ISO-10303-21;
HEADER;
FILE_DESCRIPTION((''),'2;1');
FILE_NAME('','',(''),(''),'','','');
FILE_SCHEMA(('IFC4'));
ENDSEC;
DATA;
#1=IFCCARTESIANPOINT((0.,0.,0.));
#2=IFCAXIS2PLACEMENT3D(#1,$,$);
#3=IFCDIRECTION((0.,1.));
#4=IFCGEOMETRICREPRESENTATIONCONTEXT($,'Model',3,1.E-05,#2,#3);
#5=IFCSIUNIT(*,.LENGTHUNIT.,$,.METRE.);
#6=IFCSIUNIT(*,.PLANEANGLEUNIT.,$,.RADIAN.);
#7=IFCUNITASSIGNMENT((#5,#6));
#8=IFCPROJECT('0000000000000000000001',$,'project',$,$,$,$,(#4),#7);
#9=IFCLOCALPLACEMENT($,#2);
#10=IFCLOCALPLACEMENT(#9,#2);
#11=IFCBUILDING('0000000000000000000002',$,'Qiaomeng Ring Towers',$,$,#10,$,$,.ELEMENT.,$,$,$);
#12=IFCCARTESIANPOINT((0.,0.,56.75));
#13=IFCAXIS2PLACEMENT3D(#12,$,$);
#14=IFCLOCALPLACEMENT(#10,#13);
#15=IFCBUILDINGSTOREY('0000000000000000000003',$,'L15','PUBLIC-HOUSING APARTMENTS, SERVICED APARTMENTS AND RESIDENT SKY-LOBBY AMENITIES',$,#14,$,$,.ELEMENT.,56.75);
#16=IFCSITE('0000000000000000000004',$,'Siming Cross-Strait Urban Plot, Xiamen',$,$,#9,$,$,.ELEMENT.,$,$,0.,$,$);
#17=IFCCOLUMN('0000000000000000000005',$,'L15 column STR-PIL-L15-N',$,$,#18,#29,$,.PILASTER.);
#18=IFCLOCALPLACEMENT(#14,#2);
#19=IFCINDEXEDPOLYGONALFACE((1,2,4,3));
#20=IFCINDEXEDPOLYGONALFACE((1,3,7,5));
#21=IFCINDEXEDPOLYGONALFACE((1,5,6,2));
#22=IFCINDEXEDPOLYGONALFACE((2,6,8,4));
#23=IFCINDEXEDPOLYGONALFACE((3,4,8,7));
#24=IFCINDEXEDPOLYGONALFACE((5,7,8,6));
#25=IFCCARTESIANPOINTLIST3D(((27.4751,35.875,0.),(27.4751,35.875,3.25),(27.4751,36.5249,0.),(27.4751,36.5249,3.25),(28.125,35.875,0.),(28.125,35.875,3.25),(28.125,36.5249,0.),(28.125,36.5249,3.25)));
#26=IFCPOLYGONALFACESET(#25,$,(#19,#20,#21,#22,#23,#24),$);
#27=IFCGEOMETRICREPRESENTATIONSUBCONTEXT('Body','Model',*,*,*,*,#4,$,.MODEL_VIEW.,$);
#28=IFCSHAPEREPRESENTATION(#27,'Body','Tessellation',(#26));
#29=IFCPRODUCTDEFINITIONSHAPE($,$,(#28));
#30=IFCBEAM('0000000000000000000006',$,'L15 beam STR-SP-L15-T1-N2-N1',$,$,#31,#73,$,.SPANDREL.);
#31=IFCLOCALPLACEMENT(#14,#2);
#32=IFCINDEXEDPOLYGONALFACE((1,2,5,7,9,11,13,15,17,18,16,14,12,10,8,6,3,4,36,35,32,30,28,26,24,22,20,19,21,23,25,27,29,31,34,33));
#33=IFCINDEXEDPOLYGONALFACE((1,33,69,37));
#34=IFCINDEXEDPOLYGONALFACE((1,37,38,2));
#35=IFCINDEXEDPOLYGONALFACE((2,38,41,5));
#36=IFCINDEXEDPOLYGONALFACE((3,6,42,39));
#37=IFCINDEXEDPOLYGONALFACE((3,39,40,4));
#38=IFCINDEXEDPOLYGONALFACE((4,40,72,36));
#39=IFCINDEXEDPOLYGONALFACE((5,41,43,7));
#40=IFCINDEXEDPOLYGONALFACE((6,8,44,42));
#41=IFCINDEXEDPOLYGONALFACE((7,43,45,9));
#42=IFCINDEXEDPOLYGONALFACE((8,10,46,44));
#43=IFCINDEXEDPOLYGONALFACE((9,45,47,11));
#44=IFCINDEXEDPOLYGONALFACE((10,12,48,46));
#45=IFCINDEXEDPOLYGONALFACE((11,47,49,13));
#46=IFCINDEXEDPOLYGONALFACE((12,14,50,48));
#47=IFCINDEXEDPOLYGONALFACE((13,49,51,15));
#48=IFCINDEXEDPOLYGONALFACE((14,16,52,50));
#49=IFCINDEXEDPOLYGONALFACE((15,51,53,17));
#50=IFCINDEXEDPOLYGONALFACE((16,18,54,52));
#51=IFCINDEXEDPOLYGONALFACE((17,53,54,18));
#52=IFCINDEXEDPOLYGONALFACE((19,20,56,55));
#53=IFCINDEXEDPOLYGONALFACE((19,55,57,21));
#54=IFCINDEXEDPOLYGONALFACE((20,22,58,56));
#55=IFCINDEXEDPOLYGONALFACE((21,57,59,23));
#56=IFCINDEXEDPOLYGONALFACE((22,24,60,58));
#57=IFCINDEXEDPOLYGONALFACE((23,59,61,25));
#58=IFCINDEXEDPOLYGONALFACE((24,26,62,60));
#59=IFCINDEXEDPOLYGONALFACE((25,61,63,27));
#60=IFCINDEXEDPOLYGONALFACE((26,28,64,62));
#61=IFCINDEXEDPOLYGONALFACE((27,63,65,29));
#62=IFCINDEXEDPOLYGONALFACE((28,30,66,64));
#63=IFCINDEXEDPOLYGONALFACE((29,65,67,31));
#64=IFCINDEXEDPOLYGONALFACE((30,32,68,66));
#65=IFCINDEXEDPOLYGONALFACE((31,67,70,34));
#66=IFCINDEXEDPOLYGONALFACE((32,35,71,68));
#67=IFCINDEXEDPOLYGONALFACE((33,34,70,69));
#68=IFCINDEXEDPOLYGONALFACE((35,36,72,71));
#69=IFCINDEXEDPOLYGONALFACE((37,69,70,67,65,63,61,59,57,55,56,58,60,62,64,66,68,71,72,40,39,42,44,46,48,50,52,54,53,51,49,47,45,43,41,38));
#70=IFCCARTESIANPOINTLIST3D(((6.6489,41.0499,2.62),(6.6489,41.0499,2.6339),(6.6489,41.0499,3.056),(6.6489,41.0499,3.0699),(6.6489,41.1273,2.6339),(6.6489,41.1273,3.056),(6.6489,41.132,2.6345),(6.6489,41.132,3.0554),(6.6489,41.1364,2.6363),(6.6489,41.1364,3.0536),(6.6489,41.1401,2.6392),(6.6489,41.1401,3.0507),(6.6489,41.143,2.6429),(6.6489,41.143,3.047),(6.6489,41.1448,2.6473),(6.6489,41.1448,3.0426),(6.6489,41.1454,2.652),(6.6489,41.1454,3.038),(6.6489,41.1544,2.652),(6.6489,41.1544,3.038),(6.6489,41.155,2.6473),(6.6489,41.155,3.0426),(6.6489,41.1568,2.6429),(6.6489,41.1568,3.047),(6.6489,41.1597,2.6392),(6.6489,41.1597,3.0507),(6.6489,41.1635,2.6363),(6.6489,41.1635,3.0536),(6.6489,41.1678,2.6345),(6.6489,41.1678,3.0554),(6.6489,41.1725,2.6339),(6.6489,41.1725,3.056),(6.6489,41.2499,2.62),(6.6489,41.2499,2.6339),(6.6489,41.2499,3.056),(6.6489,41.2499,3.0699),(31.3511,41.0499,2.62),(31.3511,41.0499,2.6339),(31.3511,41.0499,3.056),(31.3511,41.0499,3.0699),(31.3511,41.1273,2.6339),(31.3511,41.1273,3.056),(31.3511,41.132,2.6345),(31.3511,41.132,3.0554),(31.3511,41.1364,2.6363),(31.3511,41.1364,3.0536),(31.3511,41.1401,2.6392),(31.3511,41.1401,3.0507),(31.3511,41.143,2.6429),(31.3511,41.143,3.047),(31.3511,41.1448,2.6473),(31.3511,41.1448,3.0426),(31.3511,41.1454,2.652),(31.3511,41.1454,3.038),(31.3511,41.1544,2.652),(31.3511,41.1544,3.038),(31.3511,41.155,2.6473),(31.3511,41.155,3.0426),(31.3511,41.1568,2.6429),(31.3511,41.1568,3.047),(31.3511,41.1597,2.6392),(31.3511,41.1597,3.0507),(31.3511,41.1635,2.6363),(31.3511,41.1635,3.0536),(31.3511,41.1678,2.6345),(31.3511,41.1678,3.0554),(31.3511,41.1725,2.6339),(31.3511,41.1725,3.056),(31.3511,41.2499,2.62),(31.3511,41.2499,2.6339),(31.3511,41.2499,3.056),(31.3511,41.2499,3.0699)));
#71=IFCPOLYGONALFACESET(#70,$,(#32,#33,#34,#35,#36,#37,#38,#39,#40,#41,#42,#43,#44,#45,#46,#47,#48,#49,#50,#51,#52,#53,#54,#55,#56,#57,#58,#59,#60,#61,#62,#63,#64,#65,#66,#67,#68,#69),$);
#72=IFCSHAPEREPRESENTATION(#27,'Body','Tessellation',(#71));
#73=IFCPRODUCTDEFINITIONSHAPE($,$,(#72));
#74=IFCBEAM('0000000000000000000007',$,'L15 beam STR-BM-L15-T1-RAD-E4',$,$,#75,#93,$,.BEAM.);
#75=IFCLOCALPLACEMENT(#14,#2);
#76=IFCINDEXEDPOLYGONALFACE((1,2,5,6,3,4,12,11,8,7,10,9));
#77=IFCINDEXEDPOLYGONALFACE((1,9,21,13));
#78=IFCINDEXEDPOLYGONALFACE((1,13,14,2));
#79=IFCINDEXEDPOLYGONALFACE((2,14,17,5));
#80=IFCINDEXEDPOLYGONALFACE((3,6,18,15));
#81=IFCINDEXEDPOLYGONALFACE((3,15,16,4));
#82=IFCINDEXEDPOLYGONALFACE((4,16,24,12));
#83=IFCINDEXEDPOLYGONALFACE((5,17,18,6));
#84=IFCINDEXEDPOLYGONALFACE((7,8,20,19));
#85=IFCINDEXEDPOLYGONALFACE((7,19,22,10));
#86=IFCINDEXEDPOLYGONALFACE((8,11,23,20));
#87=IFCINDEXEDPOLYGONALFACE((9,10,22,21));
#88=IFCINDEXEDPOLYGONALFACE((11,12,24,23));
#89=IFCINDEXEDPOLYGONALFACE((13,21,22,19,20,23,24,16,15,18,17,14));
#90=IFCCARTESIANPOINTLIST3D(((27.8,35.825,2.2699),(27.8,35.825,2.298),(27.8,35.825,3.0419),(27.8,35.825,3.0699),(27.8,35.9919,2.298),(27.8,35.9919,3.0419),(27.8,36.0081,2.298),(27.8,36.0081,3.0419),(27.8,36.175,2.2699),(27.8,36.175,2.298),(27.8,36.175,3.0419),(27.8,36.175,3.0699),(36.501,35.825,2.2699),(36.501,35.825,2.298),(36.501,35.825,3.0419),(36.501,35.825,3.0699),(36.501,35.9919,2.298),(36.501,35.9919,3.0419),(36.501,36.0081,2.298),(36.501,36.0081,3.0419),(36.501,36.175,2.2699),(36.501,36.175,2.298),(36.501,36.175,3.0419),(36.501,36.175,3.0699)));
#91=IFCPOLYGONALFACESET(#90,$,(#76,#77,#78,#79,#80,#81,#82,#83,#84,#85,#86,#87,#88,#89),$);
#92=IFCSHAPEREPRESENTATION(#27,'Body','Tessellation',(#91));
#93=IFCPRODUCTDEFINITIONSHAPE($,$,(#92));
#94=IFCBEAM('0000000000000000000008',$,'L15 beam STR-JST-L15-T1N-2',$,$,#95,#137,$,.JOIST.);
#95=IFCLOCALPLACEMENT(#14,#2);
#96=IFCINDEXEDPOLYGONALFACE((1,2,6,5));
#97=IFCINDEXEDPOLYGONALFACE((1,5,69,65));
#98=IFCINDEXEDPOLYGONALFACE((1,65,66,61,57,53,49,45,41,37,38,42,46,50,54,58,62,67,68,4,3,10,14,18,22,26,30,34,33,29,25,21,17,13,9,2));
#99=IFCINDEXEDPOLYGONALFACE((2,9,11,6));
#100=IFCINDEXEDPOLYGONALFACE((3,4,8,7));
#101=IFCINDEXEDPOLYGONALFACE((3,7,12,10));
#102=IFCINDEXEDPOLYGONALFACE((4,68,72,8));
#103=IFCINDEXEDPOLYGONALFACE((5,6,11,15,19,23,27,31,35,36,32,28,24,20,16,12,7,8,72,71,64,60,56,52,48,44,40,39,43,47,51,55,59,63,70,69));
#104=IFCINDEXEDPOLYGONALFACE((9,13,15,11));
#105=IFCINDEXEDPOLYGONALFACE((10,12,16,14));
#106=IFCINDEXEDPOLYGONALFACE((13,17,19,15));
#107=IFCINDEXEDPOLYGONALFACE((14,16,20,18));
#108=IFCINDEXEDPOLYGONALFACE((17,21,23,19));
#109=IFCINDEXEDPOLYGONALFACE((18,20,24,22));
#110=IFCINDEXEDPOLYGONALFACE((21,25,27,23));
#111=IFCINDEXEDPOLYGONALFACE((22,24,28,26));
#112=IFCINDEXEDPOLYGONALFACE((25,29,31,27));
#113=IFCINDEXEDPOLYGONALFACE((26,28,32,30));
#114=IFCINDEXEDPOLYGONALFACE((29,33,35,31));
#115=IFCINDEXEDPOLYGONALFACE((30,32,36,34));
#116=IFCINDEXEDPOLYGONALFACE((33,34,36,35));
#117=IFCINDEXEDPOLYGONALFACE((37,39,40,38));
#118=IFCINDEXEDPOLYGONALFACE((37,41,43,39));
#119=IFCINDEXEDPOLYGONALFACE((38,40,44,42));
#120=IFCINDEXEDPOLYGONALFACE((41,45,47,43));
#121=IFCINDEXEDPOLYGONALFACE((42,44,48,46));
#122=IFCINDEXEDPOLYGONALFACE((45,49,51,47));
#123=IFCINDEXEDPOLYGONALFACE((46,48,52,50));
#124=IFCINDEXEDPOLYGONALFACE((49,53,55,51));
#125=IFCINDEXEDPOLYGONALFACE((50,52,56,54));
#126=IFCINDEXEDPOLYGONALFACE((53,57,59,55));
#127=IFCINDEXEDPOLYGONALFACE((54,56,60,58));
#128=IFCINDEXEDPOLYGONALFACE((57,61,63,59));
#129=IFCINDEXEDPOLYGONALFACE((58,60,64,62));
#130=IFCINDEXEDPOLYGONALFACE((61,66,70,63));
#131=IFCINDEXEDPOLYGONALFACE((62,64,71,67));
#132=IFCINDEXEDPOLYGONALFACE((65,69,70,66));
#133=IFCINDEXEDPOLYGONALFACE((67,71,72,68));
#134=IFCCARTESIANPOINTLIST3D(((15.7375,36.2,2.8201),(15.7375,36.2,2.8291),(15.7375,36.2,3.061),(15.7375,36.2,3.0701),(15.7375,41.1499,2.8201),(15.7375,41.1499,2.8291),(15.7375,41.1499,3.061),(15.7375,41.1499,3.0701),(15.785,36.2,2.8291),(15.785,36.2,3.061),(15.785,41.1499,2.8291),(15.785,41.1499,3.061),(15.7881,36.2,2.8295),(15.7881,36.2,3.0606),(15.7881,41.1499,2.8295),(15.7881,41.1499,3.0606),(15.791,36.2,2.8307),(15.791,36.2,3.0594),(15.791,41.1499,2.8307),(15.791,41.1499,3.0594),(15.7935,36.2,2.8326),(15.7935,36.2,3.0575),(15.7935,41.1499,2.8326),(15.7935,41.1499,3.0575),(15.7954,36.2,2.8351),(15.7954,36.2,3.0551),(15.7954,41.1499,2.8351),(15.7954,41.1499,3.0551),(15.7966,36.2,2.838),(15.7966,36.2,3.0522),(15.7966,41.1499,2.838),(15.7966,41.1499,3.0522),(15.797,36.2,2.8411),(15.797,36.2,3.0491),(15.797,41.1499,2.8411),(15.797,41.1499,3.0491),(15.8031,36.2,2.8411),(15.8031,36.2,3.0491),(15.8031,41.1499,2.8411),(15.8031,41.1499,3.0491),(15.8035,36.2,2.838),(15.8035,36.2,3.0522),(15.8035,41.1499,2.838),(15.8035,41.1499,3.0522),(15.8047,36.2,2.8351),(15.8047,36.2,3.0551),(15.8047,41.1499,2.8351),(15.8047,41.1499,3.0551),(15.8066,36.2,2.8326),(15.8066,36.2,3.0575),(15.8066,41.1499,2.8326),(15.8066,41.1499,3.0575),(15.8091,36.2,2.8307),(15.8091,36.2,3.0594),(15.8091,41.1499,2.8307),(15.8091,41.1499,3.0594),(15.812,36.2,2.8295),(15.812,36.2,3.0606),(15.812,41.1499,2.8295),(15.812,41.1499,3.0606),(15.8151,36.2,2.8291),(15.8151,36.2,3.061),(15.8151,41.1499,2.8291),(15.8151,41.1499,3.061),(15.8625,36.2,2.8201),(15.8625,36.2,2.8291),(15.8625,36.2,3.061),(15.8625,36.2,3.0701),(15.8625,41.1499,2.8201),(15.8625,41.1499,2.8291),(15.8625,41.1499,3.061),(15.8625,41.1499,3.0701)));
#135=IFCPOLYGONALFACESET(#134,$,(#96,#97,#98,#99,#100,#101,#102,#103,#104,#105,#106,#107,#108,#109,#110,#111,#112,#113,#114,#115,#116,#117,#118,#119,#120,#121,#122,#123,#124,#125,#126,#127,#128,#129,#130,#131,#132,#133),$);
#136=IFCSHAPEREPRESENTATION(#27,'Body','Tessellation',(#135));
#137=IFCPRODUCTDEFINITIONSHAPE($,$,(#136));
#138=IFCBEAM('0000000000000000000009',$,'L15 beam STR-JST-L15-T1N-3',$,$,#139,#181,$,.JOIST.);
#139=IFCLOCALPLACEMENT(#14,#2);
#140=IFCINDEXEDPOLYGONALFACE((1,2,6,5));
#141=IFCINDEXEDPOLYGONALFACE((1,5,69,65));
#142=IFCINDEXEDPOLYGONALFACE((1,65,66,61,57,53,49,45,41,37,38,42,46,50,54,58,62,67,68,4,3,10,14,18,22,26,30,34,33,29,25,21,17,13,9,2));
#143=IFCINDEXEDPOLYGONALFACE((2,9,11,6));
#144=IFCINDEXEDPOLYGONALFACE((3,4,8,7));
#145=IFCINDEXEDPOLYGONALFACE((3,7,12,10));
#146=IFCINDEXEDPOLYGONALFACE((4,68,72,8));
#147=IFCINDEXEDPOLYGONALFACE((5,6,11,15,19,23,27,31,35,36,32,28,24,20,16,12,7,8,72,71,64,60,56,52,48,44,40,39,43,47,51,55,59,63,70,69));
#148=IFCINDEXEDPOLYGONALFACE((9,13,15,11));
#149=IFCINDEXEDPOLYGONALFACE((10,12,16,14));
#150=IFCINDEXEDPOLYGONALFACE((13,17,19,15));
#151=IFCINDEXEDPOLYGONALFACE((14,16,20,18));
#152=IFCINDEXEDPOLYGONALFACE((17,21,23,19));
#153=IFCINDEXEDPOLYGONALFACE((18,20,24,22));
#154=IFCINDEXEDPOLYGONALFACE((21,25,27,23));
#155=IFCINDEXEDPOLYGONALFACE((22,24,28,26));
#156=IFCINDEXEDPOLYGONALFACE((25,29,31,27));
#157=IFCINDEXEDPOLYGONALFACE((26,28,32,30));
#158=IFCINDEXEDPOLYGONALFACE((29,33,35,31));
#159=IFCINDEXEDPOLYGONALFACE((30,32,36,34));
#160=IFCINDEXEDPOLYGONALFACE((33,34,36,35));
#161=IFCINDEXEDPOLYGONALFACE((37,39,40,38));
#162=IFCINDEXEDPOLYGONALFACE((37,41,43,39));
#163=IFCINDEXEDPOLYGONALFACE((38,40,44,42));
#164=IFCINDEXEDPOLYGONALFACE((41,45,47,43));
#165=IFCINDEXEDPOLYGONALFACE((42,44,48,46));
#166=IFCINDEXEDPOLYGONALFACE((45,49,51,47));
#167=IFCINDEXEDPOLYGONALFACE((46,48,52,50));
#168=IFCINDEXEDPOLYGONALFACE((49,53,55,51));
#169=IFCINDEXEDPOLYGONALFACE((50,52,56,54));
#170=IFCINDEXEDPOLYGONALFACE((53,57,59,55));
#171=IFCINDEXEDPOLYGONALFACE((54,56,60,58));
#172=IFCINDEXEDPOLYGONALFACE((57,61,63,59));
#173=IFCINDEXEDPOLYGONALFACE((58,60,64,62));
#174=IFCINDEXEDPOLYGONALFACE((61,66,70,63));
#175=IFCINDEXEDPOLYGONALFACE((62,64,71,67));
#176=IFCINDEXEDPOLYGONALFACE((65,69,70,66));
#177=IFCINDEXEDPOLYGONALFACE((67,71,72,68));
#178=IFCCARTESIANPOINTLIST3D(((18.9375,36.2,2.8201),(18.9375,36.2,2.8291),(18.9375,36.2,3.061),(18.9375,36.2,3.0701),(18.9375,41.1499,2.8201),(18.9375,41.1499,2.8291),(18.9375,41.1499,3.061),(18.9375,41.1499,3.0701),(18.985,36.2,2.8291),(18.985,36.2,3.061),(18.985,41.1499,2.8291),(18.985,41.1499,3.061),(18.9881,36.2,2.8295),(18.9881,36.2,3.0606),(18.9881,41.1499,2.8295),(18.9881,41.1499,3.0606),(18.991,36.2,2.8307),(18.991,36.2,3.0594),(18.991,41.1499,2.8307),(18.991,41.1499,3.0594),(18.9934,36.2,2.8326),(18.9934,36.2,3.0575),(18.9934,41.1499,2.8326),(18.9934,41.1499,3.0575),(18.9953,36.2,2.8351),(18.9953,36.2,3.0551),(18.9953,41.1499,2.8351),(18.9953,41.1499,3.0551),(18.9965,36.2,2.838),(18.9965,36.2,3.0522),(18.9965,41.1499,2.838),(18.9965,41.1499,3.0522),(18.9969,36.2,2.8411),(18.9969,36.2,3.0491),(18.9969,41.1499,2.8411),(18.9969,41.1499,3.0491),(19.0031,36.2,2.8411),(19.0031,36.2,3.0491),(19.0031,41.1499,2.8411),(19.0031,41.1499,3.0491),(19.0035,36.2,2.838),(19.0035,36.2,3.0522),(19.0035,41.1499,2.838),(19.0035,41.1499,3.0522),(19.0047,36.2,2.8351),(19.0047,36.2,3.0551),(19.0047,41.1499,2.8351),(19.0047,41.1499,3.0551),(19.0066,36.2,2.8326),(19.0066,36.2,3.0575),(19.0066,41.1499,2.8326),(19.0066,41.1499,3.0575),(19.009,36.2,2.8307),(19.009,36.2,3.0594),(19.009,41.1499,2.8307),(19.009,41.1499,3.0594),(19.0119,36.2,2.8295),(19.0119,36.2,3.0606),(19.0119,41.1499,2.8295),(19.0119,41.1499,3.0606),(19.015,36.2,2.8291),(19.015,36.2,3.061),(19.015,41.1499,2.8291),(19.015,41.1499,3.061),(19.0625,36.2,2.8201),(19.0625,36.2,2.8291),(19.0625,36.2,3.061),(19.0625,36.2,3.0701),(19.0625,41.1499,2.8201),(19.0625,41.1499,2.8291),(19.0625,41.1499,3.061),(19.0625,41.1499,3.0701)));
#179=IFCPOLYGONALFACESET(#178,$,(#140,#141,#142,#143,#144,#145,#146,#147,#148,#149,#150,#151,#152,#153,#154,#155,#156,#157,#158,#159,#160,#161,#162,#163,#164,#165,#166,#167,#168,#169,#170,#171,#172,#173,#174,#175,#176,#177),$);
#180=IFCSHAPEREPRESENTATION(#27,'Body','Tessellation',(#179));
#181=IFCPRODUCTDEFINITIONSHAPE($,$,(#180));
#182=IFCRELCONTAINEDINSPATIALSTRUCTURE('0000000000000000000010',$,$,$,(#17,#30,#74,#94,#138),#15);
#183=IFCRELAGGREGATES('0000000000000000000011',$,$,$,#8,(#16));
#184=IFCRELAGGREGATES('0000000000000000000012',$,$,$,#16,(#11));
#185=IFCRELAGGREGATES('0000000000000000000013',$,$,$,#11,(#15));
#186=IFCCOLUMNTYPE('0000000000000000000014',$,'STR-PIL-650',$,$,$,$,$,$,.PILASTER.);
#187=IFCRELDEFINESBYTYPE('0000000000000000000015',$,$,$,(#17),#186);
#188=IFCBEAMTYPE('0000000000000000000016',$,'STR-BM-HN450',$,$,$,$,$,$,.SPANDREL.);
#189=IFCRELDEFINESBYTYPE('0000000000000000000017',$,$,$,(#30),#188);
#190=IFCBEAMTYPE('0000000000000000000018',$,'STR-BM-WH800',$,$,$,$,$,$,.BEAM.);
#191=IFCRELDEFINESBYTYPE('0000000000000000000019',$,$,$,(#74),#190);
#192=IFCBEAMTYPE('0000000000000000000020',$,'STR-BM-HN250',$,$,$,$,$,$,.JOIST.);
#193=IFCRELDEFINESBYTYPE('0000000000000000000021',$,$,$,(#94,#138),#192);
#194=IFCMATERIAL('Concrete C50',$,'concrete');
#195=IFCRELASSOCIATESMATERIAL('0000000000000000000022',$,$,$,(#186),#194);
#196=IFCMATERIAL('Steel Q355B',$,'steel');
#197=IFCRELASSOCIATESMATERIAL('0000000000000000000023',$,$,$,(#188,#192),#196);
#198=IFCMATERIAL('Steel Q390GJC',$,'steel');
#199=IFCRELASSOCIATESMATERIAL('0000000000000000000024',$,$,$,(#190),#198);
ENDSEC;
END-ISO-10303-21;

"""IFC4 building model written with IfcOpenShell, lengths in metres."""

from ifc_helpers import new_model, si_unit, direction, frame, origin, origin_2d, place, context, subcontext, project, spatial, rectangle, i_section, extrude, source, transform, mapped, material, material_profile, profile_set, type_object, element, save


model = new_model("IFC4")

# Units and contexts
model_context = context("Model", 3, precision=1e-05, world=origin(), true_north=direction((0.0, 1.0)))
body_context = subcontext(model_context, "Body", "Model", "MODEL_VIEW")
ifc_project = project(units=[si_unit("LENGTHUNIT", "METRE"), si_unit("PLANEANGLEUNIT", "RADIAN")], contexts=[model_context])

# Site, building, storey
site_placement = place(None, origin())
site = spatial("IfcSite", under=ifc_project, at=site_placement, Name="Siming Cross-Strait Urban Plot, Xiamen", CompositionType="ELEMENT", RefElevation=0.0)
building_placement = place(site_placement, origin())
building = spatial("IfcBuilding", under=site, at=building_placement, Name="Qiaomeng Ring Towers", CompositionType="ELEMENT")
storey_placement = place(building_placement, frame((0.0, 0.0, 56.75)))
storey = spatial("IfcBuildingStorey", under=building, at=storey_placement, Name="L15", Description="PUBLIC-HOUSING APARTMENTS, SERVICED APARTMENTS AND RESIDENT SKY-LOBBY AMENITIES", CompositionType="ELEMENT", Elevation=56.75)

# Column
ifc_material_1 = material(Name="Concrete C50", Category="concrete")
ifc_material_profile_1 = material_profile(ifc_material_1, rectangle(XDim=0.6499, YDim=0.6499, at=origin_2d()), Name="RC COL 650x650")
ifc_profile_set_1 = profile_set([ifc_material_profile_1], Name="Concrete C50")
column_type = type_object("IfcColumnType", Name="STR-PIL-650", PredefinedType="PILASTER", material=ifc_profile_set_1)
shared_shape_1 = source(origin(), body_context, "Body", "SweptSolid", [
    extrude(rectangle(XDim=0.6499, YDim=0.6499, at=origin_2d()), origin(), (0.0, 0.0, 1.0), 3.25),
])
column_placement = place(storey_placement, frame((27.8, 36.2, 0.0), z_axis=(0.0, 0.0, 1.0), x_axis=(1.0, 0.0, 0.0)))
element("IfcColumn", 1, at=column_placement, inside=storey, type_object=column_type, Name="L15 column STR-PIL-L15-N", PredefinedType="PILASTER", context=body_context, shape_type="MappedRepresentation", body=[
    mapped(shared_shape_1, transform((0.0, 0.0, 0.0), x_axis=(1.0, 0.0, 0.0), y_axis=(0.0, 1.0, 0.0), z_axis=(0.0, 0.0, 1.0), scale=1.0)),
])

# Beams
ifc_material_2 = material(Name="Steel Q355B", Category="steel")
ifc_material_profile_2 = material_profile(ifc_material_2, i_section(OverallWidth=0.2, OverallDepth=0.45, WebThickness=0.009, FlangeThickness=0.0139, FilletRadius=0.0181, at=origin_2d()), Name="HN 450x200x9x14")
ifc_profile_set_2 = profile_set([ifc_material_profile_2], Name="Steel Q355B")
beam_type_1 = type_object("IfcBeamType", Name="STR-BM-HN450", PredefinedType="SPANDREL", material=ifc_profile_set_2)
shared_shape_2 = source(origin(), body_context, "Body", "SweptSolid", [
    extrude(i_section(OverallWidth=0.2, OverallDepth=0.45, WebThickness=0.009, FlangeThickness=0.0139, FilletRadius=0.0181, at=origin_2d()), origin(), (0.0, 0.0, 1.0), 24.7021),
])
beam_1_placement = place(storey_placement, frame((31.3511, 41.1499, 2.845), z_axis=(-1.0, 0.0, 0.0), x_axis=(0.0, -1.0, 0.0)))
element("IfcBeam", 2, at=beam_1_placement, inside=storey, type_object=beam_type_1, Name="L15 beam STR-SP-L15-T1-N2-N1", PredefinedType="SPANDREL", context=body_context, shape_type="MappedRepresentation", body=[
    mapped(shared_shape_2, transform((0.0, 0.0, 0.0), x_axis=(1.0, 0.0, 0.0), y_axis=(0.0, 1.0, 0.0), z_axis=(0.0, 0.0, 1.0), scale=1.0)),
])
ifc_material_3 = material(Name="Steel Q390GJC", Category="steel")
ifc_material_profile_3 = material_profile(ifc_material_3, i_section(OverallWidth=0.3501, OverallDepth=0.8, WebThickness=0.0161, FlangeThickness=0.0281, at=origin_2d()), Name="WH 800x350x16x28")
ifc_profile_set_3 = profile_set([ifc_material_profile_3], Name="Steel Q390GJC")
beam_type_2 = type_object("IfcBeamType", Name="STR-BM-WH800", PredefinedType="BEAM", material=ifc_profile_set_3)
shared_shape_3 = source(origin(), body_context, "Body", "SweptSolid", [
    extrude(i_section(OverallWidth=0.3501, OverallDepth=0.8, WebThickness=0.0161, FlangeThickness=0.0281, at=origin_2d()), origin(), (0.0, 0.0, 1.0), 8.7009),
])
beam_2_placement = place(storey_placement, frame((27.8, 36.0, 2.6699), z_axis=(1.0, 0.0, 0.0), x_axis=(0.0, 1.0, 0.0)))
element("IfcBeam", 3, at=beam_2_placement, inside=storey, type_object=beam_type_2, Name="L15 beam STR-BM-L15-T1-RAD-E4", PredefinedType="BEAM", context=body_context, shape_type="MappedRepresentation", body=[
    mapped(shared_shape_3, transform((0.0, 0.0, 0.0), x_axis=(1.0, 0.0, 0.0), y_axis=(0.0, 1.0, 0.0), z_axis=(0.0, 0.0, 1.0), scale=1.0)),
])
ifc_material_profile_4 = material_profile(ifc_material_2, i_section(OverallWidth=0.125, OverallDepth=0.25, WebThickness=0.0061, FlangeThickness=0.009, FilletRadius=0.012, at=origin_2d()), Name="HN 250x125x6x9")
ifc_profile_set_4 = profile_set([ifc_material_profile_4], Name="Steel Q355B")
beam_type_3 = type_object("IfcBeamType", Name="STR-BM-HN250", PredefinedType="JOIST", material=ifc_profile_set_4)
shared_shape_4 = source(origin(), body_context, "Body", "SweptSolid", [
    extrude(i_section(OverallWidth=0.125, OverallDepth=0.25, WebThickness=0.0061, FlangeThickness=0.009, FilletRadius=0.012, at=origin_2d()), origin(), (0.0, 0.0, 1.0), 4.95),
])
for number, where, z_axis, x_axis, name in (
    (4, (15.8, 36.2, 2.9451), (0.0, 1.0, 0.0), (-1.0, 0.0, 0.0), "L15 beam STR-JST-L15-T1N-2"),
    (5, (19.0, 36.2, 2.9451), (0.0, 1.0, 0.0), (-1.0, 0.0, 0.0), "L15 beam STR-JST-L15-T1N-3"),
):
    element("IfcBeam", number, at=place(storey_placement, frame(where, z_axis=z_axis, x_axis=x_axis)), inside=storey, type_object=beam_type_3, Name=name, PredefinedType="JOIST", context=body_context, shape_type="MappedRepresentation", body=[
        mapped(shared_shape_4, transform((0.0, 0.0, 0.0), x_axis=(1.0, 0.0, 0.0), y_axis=(0.0, 1.0, 0.0), z_axis=(0.0, 0.0, 1.0), scale=1.0)),
    ])

save(model, "model.ifc")
